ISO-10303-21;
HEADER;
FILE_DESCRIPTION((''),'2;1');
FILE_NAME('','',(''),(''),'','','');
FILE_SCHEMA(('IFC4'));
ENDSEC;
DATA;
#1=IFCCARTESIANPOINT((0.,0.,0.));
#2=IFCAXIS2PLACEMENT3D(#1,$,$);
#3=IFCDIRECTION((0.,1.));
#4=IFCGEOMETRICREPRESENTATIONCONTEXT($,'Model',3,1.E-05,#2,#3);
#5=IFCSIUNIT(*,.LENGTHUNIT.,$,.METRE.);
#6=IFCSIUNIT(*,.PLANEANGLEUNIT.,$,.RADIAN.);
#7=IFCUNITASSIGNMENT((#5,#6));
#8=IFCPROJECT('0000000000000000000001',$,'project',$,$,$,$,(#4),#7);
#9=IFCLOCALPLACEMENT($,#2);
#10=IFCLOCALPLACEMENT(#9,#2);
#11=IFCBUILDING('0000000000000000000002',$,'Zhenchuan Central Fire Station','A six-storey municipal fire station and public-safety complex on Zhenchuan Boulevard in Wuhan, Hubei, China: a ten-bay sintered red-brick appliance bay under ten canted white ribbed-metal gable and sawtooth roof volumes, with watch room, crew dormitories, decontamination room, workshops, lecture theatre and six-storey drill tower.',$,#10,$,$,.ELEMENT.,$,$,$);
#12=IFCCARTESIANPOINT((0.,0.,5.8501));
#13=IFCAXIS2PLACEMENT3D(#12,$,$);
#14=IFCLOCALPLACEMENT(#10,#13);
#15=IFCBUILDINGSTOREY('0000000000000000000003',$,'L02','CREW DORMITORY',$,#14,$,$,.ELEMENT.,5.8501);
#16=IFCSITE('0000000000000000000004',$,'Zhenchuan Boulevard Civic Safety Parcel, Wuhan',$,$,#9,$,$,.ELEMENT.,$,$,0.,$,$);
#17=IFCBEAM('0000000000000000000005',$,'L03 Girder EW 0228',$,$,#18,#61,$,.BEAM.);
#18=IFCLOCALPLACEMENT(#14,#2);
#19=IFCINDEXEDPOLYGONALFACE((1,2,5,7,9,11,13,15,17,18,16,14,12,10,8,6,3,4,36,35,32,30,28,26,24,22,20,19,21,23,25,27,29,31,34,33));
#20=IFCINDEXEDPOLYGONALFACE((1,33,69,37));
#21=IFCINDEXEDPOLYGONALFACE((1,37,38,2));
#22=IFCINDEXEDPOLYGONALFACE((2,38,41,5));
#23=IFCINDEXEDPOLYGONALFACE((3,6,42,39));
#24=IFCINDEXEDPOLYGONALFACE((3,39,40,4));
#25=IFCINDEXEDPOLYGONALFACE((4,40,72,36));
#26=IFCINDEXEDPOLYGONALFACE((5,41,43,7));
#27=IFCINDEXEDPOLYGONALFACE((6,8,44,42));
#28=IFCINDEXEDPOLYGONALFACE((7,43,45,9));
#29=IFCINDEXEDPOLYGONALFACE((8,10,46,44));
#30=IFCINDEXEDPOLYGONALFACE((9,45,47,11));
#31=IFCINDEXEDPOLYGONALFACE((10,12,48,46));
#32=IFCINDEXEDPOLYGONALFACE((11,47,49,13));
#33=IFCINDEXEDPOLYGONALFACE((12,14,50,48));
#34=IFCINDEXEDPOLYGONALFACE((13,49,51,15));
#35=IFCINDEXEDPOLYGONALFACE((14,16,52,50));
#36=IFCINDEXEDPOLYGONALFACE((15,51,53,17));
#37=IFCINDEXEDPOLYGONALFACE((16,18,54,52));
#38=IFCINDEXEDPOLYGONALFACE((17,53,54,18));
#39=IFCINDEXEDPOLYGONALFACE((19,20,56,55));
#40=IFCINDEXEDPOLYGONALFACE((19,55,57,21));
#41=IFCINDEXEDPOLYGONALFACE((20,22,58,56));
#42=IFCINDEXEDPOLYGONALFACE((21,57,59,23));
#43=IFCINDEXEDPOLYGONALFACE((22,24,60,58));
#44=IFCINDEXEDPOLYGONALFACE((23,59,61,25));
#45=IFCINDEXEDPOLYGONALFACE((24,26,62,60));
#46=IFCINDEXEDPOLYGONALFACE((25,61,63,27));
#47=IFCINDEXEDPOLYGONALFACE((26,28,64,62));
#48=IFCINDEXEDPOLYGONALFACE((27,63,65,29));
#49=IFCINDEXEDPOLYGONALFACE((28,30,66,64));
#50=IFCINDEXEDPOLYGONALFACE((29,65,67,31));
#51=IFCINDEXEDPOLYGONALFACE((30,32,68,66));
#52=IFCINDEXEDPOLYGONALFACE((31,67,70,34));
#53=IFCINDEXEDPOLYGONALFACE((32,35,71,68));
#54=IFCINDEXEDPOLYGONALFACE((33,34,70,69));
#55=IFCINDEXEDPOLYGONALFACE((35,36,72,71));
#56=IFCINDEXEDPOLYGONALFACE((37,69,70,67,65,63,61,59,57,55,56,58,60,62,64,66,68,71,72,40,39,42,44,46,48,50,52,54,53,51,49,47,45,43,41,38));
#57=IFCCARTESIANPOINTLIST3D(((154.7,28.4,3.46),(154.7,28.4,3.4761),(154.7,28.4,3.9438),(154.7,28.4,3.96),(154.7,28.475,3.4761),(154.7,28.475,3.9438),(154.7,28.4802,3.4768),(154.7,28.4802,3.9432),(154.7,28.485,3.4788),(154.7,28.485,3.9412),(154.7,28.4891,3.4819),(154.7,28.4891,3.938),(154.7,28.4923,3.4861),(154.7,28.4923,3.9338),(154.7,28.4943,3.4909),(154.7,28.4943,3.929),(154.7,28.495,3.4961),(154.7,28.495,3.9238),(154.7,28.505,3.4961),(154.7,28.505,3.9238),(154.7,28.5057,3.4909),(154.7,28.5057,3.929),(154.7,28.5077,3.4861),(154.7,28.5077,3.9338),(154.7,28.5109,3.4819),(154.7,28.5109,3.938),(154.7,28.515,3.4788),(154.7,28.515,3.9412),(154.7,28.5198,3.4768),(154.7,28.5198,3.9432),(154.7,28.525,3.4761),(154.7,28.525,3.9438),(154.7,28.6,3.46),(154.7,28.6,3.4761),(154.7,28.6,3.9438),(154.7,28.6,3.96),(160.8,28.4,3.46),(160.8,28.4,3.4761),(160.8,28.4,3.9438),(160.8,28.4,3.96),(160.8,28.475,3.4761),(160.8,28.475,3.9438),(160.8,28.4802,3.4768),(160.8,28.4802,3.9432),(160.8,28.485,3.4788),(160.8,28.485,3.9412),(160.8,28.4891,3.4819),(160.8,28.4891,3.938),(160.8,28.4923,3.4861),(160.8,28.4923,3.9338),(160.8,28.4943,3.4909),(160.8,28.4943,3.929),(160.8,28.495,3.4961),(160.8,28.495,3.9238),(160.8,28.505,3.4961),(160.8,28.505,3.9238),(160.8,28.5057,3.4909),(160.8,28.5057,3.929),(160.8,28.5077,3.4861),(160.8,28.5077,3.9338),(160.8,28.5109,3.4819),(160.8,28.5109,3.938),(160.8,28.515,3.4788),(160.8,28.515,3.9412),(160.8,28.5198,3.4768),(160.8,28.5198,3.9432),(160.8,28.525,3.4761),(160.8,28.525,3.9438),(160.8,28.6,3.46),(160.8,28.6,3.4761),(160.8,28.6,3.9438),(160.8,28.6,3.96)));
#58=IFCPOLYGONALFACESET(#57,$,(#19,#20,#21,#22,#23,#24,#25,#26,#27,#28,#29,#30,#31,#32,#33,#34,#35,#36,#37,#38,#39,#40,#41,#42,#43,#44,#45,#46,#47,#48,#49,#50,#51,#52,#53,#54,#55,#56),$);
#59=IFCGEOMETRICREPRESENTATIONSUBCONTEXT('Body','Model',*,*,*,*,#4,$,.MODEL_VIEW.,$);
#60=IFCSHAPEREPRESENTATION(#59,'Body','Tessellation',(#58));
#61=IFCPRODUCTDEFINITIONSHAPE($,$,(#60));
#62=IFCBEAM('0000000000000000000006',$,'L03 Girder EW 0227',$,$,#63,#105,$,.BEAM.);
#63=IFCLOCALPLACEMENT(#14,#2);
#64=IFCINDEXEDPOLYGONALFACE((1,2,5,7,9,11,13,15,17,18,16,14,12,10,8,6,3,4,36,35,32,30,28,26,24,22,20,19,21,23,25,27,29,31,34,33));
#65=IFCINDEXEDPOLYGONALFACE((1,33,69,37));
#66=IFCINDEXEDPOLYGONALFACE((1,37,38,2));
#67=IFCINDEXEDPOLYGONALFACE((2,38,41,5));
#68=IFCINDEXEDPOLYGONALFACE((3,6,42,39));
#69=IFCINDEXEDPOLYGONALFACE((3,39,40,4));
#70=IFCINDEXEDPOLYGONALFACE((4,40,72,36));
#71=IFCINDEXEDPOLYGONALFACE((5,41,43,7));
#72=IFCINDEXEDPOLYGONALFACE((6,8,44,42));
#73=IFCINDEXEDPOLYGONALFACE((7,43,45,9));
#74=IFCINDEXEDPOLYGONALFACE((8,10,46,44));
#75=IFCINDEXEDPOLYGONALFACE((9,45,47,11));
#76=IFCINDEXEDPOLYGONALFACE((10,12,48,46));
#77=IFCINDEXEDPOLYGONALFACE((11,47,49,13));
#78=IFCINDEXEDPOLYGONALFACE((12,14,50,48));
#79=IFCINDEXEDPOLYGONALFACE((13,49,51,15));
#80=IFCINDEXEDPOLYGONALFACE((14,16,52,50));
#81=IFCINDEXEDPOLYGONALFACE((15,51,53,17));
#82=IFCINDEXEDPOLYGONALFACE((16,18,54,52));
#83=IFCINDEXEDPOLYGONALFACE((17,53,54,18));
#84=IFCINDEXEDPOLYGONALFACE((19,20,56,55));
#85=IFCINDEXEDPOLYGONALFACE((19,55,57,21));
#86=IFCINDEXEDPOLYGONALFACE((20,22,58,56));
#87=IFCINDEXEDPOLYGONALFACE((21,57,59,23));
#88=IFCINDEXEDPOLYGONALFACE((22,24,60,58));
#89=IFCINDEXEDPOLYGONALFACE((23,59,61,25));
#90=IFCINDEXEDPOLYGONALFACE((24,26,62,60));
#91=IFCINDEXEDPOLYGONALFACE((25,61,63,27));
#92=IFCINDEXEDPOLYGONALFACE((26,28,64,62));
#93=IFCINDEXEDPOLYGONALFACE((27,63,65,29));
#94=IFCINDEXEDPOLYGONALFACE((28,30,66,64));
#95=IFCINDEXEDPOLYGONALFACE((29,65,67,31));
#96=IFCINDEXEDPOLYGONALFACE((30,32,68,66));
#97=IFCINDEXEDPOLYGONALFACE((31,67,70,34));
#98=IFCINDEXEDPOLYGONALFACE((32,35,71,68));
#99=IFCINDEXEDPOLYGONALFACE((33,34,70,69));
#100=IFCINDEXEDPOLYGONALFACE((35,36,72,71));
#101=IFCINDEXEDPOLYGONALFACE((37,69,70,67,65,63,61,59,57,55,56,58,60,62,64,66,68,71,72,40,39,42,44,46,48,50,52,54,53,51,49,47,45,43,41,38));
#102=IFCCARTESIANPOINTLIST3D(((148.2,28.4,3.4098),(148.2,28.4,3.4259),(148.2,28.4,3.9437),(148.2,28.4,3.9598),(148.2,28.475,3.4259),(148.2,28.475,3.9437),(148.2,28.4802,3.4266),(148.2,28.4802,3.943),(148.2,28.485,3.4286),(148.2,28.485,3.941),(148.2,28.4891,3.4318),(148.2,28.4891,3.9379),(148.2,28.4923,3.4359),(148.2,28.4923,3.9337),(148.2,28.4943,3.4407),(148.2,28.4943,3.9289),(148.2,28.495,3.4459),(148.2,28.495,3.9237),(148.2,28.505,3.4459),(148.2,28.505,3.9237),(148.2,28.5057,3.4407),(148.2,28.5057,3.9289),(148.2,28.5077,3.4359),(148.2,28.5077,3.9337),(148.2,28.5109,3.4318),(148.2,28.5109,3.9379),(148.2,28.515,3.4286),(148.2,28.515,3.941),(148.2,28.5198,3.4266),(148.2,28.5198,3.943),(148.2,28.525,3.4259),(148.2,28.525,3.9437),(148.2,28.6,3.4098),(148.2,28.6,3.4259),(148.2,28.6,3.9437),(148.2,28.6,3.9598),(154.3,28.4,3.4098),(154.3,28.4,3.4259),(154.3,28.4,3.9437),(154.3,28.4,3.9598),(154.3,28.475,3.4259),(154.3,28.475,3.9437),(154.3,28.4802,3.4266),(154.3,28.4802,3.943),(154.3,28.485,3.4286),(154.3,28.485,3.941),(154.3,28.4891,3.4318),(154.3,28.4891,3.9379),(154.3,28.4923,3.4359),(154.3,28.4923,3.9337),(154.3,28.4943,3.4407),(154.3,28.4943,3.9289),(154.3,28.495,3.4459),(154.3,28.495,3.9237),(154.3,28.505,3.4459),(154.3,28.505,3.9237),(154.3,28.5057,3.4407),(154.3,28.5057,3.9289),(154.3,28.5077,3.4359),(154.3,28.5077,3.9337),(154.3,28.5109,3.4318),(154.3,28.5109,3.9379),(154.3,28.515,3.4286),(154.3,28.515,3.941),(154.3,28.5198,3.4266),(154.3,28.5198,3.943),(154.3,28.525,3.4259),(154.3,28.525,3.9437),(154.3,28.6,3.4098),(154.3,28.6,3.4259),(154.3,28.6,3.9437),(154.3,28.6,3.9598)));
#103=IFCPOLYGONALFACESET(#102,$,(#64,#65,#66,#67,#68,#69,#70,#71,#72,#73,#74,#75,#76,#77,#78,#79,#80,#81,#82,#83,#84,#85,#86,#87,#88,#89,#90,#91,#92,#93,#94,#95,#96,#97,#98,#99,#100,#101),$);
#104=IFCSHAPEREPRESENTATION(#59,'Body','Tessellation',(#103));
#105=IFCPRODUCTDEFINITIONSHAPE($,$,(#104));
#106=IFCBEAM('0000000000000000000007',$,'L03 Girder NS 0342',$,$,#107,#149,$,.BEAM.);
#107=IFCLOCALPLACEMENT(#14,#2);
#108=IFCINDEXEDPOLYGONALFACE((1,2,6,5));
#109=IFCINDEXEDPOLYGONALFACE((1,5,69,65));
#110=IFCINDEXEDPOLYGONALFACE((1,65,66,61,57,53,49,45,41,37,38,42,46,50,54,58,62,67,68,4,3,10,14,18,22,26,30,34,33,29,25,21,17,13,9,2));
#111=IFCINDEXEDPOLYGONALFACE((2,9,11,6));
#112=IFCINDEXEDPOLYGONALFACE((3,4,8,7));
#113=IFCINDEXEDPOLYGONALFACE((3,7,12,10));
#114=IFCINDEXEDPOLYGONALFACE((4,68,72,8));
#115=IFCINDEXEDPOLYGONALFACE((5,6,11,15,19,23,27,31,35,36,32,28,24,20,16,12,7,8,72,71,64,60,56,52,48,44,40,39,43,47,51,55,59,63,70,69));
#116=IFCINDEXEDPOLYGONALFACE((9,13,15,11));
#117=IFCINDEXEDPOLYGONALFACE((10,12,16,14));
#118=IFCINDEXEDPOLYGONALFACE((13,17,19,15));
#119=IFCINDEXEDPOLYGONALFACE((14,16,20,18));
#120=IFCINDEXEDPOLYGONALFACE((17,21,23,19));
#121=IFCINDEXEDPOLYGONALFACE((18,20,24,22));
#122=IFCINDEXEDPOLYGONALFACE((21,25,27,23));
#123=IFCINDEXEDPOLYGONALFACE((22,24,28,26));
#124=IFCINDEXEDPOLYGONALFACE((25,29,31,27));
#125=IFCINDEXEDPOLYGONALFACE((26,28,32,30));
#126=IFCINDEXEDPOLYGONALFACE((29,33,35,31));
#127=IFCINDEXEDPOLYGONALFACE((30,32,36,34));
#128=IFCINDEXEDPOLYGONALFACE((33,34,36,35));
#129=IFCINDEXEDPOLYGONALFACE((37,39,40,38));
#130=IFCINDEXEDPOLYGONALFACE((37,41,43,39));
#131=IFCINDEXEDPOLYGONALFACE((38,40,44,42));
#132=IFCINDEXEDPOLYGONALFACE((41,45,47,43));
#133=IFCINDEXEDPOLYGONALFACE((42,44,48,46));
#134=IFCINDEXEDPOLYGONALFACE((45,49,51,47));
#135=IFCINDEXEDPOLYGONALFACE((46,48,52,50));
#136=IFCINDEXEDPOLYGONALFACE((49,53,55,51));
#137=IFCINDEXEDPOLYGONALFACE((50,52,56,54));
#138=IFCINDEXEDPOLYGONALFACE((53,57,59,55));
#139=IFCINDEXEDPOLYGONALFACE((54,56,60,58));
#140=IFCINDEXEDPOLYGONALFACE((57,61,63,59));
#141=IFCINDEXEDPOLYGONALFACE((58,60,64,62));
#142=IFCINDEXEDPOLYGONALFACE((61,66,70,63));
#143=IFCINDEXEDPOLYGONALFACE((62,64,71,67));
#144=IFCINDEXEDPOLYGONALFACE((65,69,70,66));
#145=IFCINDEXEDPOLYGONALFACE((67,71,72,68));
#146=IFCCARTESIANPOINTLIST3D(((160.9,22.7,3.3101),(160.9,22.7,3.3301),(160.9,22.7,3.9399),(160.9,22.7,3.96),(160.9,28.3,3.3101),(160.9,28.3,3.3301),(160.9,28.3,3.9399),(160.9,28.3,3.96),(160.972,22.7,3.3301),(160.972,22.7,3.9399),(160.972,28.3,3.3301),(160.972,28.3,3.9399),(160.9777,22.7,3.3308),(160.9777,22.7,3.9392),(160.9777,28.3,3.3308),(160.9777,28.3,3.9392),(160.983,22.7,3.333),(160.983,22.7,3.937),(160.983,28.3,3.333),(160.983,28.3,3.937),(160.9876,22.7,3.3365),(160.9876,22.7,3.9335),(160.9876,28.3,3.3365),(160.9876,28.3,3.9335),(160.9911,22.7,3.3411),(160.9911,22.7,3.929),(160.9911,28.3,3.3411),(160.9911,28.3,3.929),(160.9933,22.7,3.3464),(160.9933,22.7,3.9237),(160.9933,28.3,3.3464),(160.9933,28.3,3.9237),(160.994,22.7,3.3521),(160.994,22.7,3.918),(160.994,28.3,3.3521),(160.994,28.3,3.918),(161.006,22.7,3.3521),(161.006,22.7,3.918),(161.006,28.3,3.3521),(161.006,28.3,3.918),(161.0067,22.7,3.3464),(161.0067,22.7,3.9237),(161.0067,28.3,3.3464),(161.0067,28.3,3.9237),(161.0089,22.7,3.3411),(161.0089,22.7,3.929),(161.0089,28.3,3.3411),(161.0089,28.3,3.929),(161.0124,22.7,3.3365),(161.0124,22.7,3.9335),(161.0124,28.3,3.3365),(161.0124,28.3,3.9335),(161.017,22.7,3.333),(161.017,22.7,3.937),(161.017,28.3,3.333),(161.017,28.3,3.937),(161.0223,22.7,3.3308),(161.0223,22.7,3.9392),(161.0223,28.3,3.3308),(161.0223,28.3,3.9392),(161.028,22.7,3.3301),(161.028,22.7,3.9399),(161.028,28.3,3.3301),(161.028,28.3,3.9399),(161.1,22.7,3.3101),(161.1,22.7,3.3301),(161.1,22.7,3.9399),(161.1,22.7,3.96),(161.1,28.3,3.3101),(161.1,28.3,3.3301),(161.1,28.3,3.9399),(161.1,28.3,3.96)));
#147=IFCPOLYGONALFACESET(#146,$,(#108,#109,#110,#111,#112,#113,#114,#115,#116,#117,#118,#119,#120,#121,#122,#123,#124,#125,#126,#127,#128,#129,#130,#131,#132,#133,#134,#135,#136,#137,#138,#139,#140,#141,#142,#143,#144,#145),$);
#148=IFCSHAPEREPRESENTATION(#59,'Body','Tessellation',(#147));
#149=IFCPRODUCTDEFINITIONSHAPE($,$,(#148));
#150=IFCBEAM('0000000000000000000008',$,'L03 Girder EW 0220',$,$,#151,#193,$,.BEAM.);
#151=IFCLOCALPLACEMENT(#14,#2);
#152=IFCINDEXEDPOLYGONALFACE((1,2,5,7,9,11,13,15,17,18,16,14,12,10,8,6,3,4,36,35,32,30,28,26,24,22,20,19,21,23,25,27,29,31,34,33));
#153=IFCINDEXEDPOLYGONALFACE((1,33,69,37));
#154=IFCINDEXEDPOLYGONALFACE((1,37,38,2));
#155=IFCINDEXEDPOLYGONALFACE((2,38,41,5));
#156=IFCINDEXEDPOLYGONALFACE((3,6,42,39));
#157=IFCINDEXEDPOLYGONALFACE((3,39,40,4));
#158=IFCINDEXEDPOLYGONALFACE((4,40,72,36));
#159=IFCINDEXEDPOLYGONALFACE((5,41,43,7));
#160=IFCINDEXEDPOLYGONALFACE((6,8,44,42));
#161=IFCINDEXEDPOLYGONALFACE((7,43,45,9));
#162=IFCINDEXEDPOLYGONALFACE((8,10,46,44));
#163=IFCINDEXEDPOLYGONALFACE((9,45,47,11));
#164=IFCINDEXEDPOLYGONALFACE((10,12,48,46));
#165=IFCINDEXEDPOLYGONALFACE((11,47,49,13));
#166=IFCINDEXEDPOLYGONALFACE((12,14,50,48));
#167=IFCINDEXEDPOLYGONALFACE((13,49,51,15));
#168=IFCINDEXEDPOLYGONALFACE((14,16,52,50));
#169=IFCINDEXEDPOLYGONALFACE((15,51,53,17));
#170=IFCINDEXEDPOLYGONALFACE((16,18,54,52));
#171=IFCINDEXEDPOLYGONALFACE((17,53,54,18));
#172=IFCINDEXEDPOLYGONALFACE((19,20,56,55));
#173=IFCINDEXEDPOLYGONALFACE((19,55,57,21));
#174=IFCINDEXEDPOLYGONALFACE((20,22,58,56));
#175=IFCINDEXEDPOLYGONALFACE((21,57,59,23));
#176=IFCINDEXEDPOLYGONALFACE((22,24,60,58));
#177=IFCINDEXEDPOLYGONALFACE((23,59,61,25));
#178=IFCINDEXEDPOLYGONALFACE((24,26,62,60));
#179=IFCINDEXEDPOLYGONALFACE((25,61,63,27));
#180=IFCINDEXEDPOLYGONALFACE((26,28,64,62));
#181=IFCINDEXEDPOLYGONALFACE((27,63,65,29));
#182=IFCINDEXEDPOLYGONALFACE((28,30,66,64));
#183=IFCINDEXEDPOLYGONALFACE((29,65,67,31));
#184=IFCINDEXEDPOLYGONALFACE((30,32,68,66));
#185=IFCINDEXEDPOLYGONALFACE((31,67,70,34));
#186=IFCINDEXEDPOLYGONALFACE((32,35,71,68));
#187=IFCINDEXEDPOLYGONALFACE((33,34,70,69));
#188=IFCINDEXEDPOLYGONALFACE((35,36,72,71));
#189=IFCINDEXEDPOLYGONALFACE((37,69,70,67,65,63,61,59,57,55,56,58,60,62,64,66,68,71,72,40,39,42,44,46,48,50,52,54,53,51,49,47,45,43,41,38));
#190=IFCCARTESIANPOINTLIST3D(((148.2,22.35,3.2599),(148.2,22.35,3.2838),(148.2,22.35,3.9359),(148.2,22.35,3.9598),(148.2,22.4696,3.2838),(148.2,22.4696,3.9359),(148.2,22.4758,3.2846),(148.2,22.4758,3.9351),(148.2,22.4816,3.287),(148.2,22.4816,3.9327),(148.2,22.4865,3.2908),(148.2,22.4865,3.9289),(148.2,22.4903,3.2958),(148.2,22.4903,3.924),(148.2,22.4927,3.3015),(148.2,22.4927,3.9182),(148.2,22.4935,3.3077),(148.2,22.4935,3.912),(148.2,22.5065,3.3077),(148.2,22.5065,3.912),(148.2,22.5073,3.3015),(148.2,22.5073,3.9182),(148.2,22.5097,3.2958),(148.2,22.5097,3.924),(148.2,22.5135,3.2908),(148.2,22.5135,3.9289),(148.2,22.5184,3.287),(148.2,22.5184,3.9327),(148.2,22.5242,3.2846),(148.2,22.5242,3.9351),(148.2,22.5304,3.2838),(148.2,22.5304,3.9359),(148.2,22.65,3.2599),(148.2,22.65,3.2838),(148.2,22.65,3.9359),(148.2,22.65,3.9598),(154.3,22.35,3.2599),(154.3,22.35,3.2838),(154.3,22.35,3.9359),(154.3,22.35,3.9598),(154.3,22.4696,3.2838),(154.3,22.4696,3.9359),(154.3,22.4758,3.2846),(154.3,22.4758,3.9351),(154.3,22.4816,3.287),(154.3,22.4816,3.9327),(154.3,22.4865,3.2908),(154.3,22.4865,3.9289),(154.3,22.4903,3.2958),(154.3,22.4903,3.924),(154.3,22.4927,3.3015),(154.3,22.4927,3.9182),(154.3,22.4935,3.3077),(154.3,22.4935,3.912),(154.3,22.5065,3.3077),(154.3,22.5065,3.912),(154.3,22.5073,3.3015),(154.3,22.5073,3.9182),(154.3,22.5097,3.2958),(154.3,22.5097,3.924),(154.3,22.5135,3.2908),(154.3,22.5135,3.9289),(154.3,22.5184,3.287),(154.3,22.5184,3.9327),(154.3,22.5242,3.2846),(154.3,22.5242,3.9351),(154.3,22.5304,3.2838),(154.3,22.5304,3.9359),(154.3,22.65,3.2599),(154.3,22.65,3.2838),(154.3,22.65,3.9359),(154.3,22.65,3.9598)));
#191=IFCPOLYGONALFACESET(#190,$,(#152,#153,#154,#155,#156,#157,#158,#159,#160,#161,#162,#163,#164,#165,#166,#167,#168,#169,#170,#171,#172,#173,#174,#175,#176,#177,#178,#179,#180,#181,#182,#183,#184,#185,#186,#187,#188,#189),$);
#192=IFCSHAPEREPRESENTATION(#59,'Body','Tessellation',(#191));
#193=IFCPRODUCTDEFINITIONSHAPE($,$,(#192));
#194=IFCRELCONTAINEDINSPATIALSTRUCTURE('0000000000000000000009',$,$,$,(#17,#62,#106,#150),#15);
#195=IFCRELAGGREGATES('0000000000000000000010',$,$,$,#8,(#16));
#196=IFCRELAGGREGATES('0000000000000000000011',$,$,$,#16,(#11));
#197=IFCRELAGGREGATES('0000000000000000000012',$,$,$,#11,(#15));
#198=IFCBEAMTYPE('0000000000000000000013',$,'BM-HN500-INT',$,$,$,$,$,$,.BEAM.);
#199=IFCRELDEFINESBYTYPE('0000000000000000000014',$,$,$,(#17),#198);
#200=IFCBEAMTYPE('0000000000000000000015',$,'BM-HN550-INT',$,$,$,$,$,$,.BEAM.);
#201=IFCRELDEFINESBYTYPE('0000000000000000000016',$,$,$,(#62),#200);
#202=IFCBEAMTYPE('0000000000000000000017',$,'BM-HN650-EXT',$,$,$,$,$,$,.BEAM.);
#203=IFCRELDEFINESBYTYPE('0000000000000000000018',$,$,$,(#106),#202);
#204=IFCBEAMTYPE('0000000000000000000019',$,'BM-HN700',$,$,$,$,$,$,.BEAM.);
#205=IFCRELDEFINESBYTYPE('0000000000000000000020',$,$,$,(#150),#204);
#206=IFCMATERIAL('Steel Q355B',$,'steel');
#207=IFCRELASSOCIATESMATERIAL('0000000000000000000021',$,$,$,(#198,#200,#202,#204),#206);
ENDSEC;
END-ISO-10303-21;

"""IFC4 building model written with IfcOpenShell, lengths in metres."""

from ifc_helpers import new_model, si_unit, direction, frame, origin, origin_2d, place, context, subcontext, project, spatial, i_section, extrude, material, material_profile, profile_set, type_object, element, save


model = new_model("IFC4")

# Units and contexts
model_context = context("Model", 3, precision=1e-05, world=origin(), true_north=direction((0.0, 1.0)))
body_context = subcontext(model_context, "Body", "Model", "MODEL_VIEW")
ifc_project = project(units=[si_unit("LENGTHUNIT", "METRE"), si_unit("PLANEANGLEUNIT", "RADIAN")], contexts=[model_context])

# Site, building, storey
site_placement = place(None, origin())
site = spatial("IfcSite", under=ifc_project, at=site_placement, Name="Zhenchuan Boulevard Civic Safety Parcel, Wuhan", CompositionType="ELEMENT", RefElevation=0.0)
building_placement = place(site_placement, origin())
building = spatial("IfcBuilding", under=site, at=building_placement, Name="Zhenchuan Central Fire Station", Description="A six-storey municipal fire station and public-safety complex on Zhenchuan Boulevard in Wuhan, Hubei, China: a ten-bay sintered red-brick appliance bay under ten canted white ribbed-metal gable and sawtooth roof volumes, with watch room, crew dormitories, decontamination room, workshops, lecture theatre and six-storey drill tower.", CompositionType="ELEMENT")
storey_placement = place(building_placement, frame((0.0, 0.0, 5.8501)))
storey = spatial("IfcBuildingStorey", under=building, at=storey_placement, Name="L02", Description="CREW DORMITORY", CompositionType="ELEMENT", Elevation=5.8501)

# Shared definitions
ifc_material_1 = material(Name="Steel Q355B", Category="steel")

# Beams
ifc_material_profile_1 = material_profile(ifc_material_1, i_section(OverallWidth=0.2, OverallDepth=0.5, WebThickness=0.01, FlangeThickness=0.0161, FilletRadius=0.02, at=origin_2d()), Name="HN 500x200")
ifc_profile_set_1 = profile_set([ifc_material_profile_1], Name="Steel Q355B")
beam_type_1 = type_object("IfcBeamType", Name="BM-HN500-INT", PredefinedType="BEAM", material=ifc_profile_set_1)
beam_1_placement = place(storey_placement, frame((154.7, 28.5, 3.71), z_axis=(1.0, 0.0, 0.0), x_axis=(0.0, 1.0, 0.0)))
element("IfcBeam", 1, at=beam_1_placement, inside=storey, type_object=beam_type_1, Name="L03 Girder EW 0228", PredefinedType="BEAM", context=body_context, shape_type="SweptSolid", body=[
    extrude(i_section(OverallWidth=0.2, OverallDepth=0.5, WebThickness=0.01, FlangeThickness=0.0161, FilletRadius=0.02, at=origin_2d()), origin(), (0.0, 0.0, 1.0), 6.1001),
])
ifc_material_profile_2 = material_profile(ifc_material_1, i_section(OverallWidth=0.2, OverallDepth=0.55, WebThickness=0.01, FlangeThickness=0.0161, FilletRadius=0.02, at=origin_2d()), Name="HN 550x200")
ifc_profile_set_2 = profile_set([ifc_material_profile_2], Name="Steel Q355B")
beam_type_2 = type_object("IfcBeamType", Name="BM-HN550-INT", PredefinedType="BEAM", material=ifc_profile_set_2)
beam_2_placement = place(storey_placement, frame((148.2, 28.5, 3.6848), z_axis=(1.0, 0.0, 0.0), x_axis=(0.0, 1.0, 0.0)))
element("IfcBeam", 2, at=beam_2_placement, inside=storey, type_object=beam_type_2, Name="L03 Girder EW 0227", PredefinedType="BEAM", context=body_context, shape_type="SweptSolid", body=[
    extrude(i_section(OverallWidth=0.2, OverallDepth=0.55, WebThickness=0.01, FlangeThickness=0.0161, FilletRadius=0.02, at=origin_2d()), origin(), (0.0, 0.0, 1.0), 6.1001),
])
ifc_material_profile_3 = material_profile(ifc_material_1, i_section(OverallWidth=0.2, OverallDepth=0.6499, WebThickness=0.012, FlangeThickness=0.02, FilletRadius=0.022, at=origin_2d()), Name="HN 650x200")
ifc_profile_set_3 = profile_set([ifc_material_profile_3], Name="Steel Q355B")
beam_type_3 = type_object("IfcBeamType", Name="BM-HN650-EXT", PredefinedType="BEAM", material=ifc_profile_set_3)
beam_3_placement = place(storey_placement, frame((161.0, 22.7, 3.635), z_axis=(0.0, 1.0, 0.0), x_axis=(-1.0, 0.0, 0.0)))
element("IfcBeam", 3, at=beam_3_placement, inside=storey, type_object=beam_type_3, Name="L03 Girder NS 0342", PredefinedType="BEAM", context=body_context, shape_type="SweptSolid", body=[
    extrude(i_section(OverallWidth=0.2, OverallDepth=0.6499, WebThickness=0.012, FlangeThickness=0.02, FilletRadius=0.022, at=origin_2d()), origin(), (0.0, 0.0, 1.0), 5.6001),
])
ifc_material_profile_4 = material_profile(ifc_material_1, i_section(OverallWidth=0.3, OverallDepth=0.7, WebThickness=0.0129, FlangeThickness=0.0239, FilletRadius=0.0239, at=origin_2d()), Name="HN 700x300")
ifc_profile_set_4 = profile_set([ifc_material_profile_4], Name="Steel Q355B")
beam_type_4 = type_object("IfcBeamType", Name="BM-HN700", PredefinedType="BEAM", material=ifc_profile_set_4)
beam_4_placement = place(storey_placement, frame((148.2, 22.5, 3.6099), z_axis=(1.0, 0.0, 0.0), x_axis=(0.0, 1.0, 0.0)))
element("IfcBeam", 4, at=beam_4_placement, inside=storey, type_object=beam_type_4, Name="L03 Girder EW 0220", PredefinedType="BEAM", context=body_context, shape_type="SweptSolid", body=[
    extrude(i_section(OverallWidth=0.3, OverallDepth=0.7, WebThickness=0.0129, FlangeThickness=0.0239, FilletRadius=0.0239, at=origin_2d()), origin(), (0.0, 0.0, 1.0), 6.1001),
])

save(model, "model.ifc")
